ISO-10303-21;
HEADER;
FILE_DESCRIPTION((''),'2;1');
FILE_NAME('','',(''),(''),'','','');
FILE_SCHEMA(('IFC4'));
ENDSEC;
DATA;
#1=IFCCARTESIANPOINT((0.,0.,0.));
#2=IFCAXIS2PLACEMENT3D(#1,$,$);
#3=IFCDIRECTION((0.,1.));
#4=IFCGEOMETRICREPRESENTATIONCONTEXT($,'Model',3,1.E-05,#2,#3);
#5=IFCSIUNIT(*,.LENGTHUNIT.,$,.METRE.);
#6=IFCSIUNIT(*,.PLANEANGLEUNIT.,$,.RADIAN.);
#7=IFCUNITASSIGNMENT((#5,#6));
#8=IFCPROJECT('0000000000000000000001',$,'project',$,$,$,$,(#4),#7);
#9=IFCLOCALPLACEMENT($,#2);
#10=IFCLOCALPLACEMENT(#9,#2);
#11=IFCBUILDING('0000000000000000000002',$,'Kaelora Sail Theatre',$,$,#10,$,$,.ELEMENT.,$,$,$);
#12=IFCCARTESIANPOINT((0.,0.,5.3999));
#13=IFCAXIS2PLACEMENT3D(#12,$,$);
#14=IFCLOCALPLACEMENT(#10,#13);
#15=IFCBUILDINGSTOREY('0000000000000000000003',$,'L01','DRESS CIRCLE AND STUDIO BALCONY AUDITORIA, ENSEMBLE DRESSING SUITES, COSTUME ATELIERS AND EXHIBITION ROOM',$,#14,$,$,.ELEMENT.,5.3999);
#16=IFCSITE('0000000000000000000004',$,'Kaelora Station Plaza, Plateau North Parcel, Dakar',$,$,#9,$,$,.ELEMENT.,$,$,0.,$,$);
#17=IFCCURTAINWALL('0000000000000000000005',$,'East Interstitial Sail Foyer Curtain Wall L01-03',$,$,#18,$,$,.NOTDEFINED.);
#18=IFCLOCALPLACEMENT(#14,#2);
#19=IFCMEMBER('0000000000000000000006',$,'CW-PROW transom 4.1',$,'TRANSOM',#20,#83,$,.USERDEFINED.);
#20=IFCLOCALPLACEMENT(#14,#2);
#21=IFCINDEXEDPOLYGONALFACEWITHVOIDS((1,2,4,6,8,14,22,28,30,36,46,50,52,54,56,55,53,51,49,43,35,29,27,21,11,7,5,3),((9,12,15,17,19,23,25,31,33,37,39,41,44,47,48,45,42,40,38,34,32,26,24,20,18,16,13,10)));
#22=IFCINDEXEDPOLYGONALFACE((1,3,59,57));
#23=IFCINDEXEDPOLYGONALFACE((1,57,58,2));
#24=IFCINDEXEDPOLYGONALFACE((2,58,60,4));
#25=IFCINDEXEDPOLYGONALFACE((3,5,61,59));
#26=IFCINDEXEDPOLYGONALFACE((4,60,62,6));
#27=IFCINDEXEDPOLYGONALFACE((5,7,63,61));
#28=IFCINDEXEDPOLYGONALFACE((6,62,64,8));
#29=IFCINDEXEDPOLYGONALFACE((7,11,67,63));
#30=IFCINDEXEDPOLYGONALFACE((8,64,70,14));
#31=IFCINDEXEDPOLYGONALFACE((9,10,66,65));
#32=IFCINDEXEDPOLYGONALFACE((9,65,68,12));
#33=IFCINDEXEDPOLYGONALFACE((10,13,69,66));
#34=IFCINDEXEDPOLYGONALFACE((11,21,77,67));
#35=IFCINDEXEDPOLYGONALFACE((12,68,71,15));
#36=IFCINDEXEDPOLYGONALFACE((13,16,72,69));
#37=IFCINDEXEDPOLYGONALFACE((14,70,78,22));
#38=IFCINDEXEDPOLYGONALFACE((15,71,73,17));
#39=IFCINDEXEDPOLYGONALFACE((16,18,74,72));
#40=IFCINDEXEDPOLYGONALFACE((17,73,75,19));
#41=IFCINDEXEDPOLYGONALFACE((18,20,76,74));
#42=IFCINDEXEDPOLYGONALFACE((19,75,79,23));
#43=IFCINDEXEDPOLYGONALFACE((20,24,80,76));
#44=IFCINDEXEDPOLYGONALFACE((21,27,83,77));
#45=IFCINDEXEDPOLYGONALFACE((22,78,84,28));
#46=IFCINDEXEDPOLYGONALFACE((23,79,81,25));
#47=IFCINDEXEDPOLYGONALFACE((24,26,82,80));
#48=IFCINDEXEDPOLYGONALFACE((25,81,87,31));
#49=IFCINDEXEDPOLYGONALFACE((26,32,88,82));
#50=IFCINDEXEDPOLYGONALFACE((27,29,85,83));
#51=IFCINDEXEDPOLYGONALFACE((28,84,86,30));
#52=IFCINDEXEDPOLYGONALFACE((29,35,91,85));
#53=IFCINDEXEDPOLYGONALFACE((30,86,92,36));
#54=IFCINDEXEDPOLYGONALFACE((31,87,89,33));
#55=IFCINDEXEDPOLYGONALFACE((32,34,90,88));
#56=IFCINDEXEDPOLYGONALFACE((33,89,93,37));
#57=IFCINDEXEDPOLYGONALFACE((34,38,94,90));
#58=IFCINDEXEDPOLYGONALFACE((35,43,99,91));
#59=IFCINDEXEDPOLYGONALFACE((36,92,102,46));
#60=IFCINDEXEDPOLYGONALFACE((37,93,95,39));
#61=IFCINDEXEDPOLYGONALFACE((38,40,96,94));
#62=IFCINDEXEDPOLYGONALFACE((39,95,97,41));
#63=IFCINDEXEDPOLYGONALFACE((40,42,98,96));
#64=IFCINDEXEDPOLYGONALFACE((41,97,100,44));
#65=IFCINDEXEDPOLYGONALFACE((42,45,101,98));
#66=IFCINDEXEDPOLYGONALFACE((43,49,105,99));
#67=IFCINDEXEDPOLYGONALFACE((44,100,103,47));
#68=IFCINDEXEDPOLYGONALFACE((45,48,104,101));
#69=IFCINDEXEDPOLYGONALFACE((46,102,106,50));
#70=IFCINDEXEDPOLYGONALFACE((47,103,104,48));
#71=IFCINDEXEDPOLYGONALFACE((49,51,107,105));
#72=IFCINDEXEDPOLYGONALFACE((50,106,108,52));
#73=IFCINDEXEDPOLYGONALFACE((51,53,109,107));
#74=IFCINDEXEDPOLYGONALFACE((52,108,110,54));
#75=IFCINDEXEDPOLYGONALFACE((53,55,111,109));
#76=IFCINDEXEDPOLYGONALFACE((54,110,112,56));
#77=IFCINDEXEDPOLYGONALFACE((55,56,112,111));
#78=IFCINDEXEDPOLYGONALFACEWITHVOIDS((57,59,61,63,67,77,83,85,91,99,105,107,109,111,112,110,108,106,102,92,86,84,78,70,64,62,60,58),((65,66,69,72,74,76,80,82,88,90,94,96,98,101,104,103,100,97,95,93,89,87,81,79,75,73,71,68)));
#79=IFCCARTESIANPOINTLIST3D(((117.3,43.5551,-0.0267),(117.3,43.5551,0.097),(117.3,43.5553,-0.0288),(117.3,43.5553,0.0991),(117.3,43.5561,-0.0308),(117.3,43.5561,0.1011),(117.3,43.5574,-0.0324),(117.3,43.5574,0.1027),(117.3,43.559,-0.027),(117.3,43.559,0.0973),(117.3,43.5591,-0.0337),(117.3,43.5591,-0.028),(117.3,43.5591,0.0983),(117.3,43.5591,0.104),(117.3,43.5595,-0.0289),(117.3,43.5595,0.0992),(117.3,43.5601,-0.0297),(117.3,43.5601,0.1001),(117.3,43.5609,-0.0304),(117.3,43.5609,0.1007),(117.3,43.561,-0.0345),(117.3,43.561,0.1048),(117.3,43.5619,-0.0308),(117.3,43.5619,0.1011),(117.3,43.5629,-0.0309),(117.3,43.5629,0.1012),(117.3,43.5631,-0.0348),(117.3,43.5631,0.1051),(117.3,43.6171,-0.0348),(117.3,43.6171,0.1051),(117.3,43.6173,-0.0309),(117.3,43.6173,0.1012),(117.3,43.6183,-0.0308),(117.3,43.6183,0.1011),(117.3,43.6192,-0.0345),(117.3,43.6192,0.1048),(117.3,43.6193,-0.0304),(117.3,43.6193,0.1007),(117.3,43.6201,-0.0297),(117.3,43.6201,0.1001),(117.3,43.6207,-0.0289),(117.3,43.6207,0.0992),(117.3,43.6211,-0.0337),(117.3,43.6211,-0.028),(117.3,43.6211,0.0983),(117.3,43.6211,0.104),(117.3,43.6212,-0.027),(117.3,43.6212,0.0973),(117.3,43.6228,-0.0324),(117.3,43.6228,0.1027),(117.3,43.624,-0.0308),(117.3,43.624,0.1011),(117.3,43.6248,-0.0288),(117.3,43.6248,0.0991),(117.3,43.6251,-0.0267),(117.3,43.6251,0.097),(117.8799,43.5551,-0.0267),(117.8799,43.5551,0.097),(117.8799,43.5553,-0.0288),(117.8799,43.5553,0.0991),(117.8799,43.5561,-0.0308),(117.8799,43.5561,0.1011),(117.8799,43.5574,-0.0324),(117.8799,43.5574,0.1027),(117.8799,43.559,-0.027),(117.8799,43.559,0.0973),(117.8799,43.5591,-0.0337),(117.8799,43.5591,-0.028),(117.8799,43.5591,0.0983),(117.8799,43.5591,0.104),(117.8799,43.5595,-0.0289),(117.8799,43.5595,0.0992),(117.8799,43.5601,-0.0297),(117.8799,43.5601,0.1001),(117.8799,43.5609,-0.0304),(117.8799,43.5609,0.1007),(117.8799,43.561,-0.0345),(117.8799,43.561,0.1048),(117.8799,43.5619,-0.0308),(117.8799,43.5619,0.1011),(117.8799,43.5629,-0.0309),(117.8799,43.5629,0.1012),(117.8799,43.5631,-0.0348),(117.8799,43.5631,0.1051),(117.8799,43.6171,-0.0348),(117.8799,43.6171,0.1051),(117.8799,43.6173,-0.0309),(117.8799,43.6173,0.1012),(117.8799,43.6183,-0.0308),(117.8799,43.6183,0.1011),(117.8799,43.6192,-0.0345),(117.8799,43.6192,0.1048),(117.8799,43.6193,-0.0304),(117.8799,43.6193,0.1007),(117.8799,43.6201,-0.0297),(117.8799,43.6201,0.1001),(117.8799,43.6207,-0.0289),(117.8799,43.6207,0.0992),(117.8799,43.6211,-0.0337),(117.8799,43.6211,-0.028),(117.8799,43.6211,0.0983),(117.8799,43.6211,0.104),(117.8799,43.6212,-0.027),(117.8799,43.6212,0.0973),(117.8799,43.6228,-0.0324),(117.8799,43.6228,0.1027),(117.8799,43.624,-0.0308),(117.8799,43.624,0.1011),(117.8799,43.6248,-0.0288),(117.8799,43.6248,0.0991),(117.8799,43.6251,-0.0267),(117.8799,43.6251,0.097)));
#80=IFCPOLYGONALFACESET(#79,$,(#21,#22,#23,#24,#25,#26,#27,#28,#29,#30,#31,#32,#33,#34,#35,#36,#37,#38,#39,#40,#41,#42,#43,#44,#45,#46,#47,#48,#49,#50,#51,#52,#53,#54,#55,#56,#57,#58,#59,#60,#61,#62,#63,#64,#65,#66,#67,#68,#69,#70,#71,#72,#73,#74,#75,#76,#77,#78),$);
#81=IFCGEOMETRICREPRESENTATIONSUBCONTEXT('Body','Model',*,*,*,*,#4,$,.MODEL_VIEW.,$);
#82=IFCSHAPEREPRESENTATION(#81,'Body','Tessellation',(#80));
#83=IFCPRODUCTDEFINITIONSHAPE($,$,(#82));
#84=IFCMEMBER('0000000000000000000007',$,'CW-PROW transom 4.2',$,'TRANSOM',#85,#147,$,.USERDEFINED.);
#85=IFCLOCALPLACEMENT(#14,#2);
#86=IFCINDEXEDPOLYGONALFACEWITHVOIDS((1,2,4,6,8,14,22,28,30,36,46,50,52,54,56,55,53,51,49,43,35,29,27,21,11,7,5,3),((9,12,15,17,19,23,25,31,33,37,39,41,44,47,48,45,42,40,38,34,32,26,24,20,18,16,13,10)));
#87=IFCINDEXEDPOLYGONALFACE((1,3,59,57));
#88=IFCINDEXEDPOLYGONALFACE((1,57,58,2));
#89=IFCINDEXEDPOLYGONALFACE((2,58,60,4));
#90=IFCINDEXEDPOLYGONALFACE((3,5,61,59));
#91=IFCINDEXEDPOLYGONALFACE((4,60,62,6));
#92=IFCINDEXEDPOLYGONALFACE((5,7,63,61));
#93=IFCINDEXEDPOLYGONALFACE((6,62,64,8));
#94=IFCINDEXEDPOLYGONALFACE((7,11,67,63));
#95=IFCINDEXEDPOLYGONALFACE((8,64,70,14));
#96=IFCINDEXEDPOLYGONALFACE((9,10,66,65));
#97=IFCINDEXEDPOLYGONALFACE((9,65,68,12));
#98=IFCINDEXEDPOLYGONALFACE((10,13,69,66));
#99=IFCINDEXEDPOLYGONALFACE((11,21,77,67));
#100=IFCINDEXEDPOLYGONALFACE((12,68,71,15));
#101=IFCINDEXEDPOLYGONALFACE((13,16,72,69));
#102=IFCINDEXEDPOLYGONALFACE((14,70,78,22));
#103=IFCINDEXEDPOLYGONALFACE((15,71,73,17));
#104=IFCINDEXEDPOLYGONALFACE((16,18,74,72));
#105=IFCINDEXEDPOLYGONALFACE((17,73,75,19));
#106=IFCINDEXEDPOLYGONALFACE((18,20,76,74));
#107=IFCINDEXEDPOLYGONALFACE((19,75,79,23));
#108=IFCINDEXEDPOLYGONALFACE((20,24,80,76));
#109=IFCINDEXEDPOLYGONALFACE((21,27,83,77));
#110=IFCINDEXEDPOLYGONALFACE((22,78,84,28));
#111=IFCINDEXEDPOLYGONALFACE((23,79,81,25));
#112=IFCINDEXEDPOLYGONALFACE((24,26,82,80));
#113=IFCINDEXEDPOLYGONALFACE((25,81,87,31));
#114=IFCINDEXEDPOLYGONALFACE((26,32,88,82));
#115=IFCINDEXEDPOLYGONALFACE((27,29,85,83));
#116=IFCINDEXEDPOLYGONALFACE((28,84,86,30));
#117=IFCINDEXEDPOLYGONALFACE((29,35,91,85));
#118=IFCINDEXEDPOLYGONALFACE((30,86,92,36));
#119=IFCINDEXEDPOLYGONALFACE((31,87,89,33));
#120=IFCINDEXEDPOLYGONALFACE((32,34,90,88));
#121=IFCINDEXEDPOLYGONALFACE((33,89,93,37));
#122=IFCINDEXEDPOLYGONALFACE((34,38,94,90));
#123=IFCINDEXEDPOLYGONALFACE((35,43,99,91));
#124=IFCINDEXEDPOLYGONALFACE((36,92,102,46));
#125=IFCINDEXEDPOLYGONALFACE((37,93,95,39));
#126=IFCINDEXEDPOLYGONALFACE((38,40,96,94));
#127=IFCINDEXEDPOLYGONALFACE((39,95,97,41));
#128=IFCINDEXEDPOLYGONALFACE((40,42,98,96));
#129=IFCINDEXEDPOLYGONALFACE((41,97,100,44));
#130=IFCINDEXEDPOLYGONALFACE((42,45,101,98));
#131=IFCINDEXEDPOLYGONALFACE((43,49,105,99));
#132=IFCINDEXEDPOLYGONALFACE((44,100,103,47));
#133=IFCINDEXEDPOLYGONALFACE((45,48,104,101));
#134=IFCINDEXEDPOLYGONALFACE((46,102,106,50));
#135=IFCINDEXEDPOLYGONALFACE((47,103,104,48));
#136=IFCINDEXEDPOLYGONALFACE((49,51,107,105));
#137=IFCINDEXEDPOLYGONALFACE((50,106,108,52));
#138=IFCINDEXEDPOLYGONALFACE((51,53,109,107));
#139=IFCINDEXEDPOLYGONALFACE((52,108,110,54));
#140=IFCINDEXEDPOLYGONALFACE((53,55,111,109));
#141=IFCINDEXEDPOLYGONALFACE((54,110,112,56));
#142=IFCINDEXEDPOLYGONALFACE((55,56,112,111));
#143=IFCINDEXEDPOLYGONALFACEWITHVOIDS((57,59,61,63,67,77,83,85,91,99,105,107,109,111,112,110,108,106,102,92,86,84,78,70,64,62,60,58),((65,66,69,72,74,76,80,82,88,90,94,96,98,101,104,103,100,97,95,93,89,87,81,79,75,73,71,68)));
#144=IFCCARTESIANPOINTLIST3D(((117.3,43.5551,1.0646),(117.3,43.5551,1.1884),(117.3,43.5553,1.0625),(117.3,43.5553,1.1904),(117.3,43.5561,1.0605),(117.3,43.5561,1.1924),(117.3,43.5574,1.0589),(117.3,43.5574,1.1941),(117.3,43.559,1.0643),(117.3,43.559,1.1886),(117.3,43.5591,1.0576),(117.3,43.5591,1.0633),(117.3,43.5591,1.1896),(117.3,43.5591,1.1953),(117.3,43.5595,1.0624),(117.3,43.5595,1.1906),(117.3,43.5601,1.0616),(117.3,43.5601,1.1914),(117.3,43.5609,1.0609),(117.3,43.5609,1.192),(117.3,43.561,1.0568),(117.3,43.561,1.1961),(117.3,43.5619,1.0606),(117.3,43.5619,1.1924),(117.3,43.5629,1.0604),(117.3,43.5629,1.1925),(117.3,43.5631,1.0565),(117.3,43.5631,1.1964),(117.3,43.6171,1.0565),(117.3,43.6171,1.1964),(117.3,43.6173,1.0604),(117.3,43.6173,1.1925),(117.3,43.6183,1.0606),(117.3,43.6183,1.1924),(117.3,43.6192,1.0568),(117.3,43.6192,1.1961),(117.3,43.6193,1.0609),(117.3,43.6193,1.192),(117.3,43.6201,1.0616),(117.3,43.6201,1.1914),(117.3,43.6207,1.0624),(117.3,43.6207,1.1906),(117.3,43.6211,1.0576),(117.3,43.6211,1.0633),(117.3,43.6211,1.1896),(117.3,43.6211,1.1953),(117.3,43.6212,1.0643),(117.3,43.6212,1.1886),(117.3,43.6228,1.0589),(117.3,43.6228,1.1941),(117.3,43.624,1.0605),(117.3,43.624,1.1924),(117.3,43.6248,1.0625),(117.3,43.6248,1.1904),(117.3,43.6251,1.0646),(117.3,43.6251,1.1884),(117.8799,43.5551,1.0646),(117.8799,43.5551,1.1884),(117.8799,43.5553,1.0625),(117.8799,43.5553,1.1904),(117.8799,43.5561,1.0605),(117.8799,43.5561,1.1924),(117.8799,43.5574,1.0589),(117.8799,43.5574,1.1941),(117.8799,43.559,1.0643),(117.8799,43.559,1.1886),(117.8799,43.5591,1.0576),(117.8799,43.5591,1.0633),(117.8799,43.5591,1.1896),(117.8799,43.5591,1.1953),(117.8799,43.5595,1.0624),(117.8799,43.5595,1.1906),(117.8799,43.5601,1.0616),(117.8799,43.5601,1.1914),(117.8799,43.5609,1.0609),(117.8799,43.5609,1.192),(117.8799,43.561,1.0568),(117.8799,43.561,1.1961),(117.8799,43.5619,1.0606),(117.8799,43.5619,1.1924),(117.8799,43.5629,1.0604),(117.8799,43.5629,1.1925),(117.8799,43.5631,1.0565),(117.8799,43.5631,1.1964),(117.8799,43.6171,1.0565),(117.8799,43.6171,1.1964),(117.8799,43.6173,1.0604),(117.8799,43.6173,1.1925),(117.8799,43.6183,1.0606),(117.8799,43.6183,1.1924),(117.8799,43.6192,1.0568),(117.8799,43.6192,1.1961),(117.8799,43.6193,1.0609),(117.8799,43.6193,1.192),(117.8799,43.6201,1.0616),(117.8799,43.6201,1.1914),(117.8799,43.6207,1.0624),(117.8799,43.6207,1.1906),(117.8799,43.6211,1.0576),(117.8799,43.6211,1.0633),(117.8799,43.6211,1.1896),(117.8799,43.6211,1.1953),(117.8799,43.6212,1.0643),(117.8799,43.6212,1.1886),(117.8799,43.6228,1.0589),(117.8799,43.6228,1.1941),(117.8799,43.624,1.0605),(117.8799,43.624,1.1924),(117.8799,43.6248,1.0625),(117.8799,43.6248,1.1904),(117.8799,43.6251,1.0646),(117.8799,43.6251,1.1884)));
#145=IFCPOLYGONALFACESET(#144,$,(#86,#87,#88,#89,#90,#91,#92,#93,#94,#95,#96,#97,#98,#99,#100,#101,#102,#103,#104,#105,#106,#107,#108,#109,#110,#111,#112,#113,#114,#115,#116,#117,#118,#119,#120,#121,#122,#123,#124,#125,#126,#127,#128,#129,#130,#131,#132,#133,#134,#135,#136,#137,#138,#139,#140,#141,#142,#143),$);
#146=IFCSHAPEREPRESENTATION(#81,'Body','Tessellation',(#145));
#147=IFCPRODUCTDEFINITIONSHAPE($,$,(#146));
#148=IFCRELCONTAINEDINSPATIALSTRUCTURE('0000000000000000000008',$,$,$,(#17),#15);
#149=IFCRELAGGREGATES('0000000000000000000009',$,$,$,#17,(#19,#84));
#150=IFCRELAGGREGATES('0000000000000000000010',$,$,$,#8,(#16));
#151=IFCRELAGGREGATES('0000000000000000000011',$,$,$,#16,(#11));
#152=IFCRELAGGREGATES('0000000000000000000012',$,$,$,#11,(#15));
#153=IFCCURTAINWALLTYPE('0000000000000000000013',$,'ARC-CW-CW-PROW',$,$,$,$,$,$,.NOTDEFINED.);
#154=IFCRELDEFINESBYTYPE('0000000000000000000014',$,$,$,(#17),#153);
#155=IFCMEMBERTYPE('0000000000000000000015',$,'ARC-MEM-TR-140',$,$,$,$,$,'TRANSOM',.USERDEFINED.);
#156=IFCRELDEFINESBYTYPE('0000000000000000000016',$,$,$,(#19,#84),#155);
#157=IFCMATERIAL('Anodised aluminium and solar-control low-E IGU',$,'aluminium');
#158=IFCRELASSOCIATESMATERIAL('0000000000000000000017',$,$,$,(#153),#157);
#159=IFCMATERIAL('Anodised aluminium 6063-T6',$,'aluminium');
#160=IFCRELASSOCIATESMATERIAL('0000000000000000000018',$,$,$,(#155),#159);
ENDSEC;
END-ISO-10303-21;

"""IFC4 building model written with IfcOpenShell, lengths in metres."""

from ifc_helpers import new_model, si_unit, direction, frame, origin, origin_2d, place, context, subcontext, project, spatial, hollow_rectangle, extrude, material, material_profile, profile_set, type_object, element, aggregate, save


model = new_model("IFC4")

# Units and contexts
model_context = context("Model", 3, precision=1e-05, world=origin(), true_north=direction((0.0, 1.0)))
body_context = subcontext(model_context, "Body", "Model", "MODEL_VIEW")
ifc_project = project(units=[si_unit("LENGTHUNIT", "METRE"), si_unit("PLANEANGLEUNIT", "RADIAN")], contexts=[model_context])

# Site, building, storey
site_placement = place(None, origin())
site = spatial("IfcSite", under=ifc_project, at=site_placement, Name="Kaelora Station Plaza, Plateau North Parcel, Dakar", CompositionType="ELEMENT", RefElevation=0.0)
building_placement = place(site_placement, origin())
building = spatial("IfcBuilding", under=site, at=building_placement, Name="Kaelora Sail Theatre", CompositionType="ELEMENT")
storey_placement = place(building_placement, frame((0.0, 0.0, 5.3999)))
storey = spatial("IfcBuildingStorey", under=building, at=storey_placement, Name="L01", Description="DRESS CIRCLE AND STUDIO BALCONY AUDITORIA, ENSEMBLE DRESSING SUITES, COSTUME ATELIERS AND EXHIBITION ROOM", CompositionType="ELEMENT", Elevation=5.3999)

# Curtain wall, members
ifc_material_1 = material(Name="Anodised aluminium and solar-control low-E IGU", Category="aluminium")
curtain_wall_type = type_object("IfcCurtainWallType", Name="ARC-CW-CW-PROW", PredefinedType="NOTDEFINED", material=ifc_material_1)
curtain_wall_placement = place(storey_placement, origin())
curtain_wall = element("IfcCurtainWall", 1, at=curtain_wall_placement, inside=storey, type_object=curtain_wall_type, Name="East Interstitial Sail Foyer Curtain Wall L01-03", PredefinedType="NOTDEFINED")
ifc_material_2 = material(Name="Anodised aluminium 6063-T6", Category="aluminium")
ifc_material_profile_1 = material_profile(ifc_material_2, hollow_rectangle(XDim=0.0701, YDim=0.1399, WallThickness=0.0039, InnerFilletRadius=0.0039, OuterFilletRadius=0.0081, at=origin_2d()), Name="ALU-TRAN 70x140x4")
ifc_profile_set_1 = profile_set([ifc_material_profile_1], Name="Anodised aluminium 6063-T6")
member_type_1 = type_object("IfcMemberType", Name="ARC-MEM-TR-140", ElementType="TRANSOM", PredefinedType="USERDEFINED", material=ifc_profile_set_1)
member_1_placement = place(storey_placement, frame((117.3, 43.5901, 0.0352), z_axis=(1.0, 0.0, 0.0), x_axis=(0.0, 1.0, 0.0)))
member_1 = element("IfcMember", 2, at=member_1_placement, type_object=member_type_1, Name="CW-PROW transom 4.1", ObjectType="TRANSOM", PredefinedType="USERDEFINED", context=body_context, shape_type="SweptSolid", body=[
    extrude(hollow_rectangle(XDim=0.0701, YDim=0.1399, WallThickness=0.0039, InnerFilletRadius=0.0039, OuterFilletRadius=0.0081, at=origin_2d()), origin(), (0.0, 0.0, 1.0), 0.5798),
])
member_2_placement = place(storey_placement, frame((117.3, 43.5901, 1.1265), z_axis=(1.0, 0.0, 0.0), x_axis=(0.0, 1.0, 0.0)))
member_2 = element("IfcMember", 3, at=member_2_placement, type_object=member_type_1, Name="CW-PROW transom 4.2", ObjectType="TRANSOM", PredefinedType="USERDEFINED", context=body_context, shape_type="SweptSolid", body=[
    extrude(hollow_rectangle(XDim=0.0701, YDim=0.1399, WallThickness=0.0039, InnerFilletRadius=0.0039, OuterFilletRadius=0.0081, at=origin_2d()), origin(), (0.0, 0.0, 1.0), 0.5798),
])
aggregate(curtain_wall, [member_1, member_2])

save(model, "model.ifc")
